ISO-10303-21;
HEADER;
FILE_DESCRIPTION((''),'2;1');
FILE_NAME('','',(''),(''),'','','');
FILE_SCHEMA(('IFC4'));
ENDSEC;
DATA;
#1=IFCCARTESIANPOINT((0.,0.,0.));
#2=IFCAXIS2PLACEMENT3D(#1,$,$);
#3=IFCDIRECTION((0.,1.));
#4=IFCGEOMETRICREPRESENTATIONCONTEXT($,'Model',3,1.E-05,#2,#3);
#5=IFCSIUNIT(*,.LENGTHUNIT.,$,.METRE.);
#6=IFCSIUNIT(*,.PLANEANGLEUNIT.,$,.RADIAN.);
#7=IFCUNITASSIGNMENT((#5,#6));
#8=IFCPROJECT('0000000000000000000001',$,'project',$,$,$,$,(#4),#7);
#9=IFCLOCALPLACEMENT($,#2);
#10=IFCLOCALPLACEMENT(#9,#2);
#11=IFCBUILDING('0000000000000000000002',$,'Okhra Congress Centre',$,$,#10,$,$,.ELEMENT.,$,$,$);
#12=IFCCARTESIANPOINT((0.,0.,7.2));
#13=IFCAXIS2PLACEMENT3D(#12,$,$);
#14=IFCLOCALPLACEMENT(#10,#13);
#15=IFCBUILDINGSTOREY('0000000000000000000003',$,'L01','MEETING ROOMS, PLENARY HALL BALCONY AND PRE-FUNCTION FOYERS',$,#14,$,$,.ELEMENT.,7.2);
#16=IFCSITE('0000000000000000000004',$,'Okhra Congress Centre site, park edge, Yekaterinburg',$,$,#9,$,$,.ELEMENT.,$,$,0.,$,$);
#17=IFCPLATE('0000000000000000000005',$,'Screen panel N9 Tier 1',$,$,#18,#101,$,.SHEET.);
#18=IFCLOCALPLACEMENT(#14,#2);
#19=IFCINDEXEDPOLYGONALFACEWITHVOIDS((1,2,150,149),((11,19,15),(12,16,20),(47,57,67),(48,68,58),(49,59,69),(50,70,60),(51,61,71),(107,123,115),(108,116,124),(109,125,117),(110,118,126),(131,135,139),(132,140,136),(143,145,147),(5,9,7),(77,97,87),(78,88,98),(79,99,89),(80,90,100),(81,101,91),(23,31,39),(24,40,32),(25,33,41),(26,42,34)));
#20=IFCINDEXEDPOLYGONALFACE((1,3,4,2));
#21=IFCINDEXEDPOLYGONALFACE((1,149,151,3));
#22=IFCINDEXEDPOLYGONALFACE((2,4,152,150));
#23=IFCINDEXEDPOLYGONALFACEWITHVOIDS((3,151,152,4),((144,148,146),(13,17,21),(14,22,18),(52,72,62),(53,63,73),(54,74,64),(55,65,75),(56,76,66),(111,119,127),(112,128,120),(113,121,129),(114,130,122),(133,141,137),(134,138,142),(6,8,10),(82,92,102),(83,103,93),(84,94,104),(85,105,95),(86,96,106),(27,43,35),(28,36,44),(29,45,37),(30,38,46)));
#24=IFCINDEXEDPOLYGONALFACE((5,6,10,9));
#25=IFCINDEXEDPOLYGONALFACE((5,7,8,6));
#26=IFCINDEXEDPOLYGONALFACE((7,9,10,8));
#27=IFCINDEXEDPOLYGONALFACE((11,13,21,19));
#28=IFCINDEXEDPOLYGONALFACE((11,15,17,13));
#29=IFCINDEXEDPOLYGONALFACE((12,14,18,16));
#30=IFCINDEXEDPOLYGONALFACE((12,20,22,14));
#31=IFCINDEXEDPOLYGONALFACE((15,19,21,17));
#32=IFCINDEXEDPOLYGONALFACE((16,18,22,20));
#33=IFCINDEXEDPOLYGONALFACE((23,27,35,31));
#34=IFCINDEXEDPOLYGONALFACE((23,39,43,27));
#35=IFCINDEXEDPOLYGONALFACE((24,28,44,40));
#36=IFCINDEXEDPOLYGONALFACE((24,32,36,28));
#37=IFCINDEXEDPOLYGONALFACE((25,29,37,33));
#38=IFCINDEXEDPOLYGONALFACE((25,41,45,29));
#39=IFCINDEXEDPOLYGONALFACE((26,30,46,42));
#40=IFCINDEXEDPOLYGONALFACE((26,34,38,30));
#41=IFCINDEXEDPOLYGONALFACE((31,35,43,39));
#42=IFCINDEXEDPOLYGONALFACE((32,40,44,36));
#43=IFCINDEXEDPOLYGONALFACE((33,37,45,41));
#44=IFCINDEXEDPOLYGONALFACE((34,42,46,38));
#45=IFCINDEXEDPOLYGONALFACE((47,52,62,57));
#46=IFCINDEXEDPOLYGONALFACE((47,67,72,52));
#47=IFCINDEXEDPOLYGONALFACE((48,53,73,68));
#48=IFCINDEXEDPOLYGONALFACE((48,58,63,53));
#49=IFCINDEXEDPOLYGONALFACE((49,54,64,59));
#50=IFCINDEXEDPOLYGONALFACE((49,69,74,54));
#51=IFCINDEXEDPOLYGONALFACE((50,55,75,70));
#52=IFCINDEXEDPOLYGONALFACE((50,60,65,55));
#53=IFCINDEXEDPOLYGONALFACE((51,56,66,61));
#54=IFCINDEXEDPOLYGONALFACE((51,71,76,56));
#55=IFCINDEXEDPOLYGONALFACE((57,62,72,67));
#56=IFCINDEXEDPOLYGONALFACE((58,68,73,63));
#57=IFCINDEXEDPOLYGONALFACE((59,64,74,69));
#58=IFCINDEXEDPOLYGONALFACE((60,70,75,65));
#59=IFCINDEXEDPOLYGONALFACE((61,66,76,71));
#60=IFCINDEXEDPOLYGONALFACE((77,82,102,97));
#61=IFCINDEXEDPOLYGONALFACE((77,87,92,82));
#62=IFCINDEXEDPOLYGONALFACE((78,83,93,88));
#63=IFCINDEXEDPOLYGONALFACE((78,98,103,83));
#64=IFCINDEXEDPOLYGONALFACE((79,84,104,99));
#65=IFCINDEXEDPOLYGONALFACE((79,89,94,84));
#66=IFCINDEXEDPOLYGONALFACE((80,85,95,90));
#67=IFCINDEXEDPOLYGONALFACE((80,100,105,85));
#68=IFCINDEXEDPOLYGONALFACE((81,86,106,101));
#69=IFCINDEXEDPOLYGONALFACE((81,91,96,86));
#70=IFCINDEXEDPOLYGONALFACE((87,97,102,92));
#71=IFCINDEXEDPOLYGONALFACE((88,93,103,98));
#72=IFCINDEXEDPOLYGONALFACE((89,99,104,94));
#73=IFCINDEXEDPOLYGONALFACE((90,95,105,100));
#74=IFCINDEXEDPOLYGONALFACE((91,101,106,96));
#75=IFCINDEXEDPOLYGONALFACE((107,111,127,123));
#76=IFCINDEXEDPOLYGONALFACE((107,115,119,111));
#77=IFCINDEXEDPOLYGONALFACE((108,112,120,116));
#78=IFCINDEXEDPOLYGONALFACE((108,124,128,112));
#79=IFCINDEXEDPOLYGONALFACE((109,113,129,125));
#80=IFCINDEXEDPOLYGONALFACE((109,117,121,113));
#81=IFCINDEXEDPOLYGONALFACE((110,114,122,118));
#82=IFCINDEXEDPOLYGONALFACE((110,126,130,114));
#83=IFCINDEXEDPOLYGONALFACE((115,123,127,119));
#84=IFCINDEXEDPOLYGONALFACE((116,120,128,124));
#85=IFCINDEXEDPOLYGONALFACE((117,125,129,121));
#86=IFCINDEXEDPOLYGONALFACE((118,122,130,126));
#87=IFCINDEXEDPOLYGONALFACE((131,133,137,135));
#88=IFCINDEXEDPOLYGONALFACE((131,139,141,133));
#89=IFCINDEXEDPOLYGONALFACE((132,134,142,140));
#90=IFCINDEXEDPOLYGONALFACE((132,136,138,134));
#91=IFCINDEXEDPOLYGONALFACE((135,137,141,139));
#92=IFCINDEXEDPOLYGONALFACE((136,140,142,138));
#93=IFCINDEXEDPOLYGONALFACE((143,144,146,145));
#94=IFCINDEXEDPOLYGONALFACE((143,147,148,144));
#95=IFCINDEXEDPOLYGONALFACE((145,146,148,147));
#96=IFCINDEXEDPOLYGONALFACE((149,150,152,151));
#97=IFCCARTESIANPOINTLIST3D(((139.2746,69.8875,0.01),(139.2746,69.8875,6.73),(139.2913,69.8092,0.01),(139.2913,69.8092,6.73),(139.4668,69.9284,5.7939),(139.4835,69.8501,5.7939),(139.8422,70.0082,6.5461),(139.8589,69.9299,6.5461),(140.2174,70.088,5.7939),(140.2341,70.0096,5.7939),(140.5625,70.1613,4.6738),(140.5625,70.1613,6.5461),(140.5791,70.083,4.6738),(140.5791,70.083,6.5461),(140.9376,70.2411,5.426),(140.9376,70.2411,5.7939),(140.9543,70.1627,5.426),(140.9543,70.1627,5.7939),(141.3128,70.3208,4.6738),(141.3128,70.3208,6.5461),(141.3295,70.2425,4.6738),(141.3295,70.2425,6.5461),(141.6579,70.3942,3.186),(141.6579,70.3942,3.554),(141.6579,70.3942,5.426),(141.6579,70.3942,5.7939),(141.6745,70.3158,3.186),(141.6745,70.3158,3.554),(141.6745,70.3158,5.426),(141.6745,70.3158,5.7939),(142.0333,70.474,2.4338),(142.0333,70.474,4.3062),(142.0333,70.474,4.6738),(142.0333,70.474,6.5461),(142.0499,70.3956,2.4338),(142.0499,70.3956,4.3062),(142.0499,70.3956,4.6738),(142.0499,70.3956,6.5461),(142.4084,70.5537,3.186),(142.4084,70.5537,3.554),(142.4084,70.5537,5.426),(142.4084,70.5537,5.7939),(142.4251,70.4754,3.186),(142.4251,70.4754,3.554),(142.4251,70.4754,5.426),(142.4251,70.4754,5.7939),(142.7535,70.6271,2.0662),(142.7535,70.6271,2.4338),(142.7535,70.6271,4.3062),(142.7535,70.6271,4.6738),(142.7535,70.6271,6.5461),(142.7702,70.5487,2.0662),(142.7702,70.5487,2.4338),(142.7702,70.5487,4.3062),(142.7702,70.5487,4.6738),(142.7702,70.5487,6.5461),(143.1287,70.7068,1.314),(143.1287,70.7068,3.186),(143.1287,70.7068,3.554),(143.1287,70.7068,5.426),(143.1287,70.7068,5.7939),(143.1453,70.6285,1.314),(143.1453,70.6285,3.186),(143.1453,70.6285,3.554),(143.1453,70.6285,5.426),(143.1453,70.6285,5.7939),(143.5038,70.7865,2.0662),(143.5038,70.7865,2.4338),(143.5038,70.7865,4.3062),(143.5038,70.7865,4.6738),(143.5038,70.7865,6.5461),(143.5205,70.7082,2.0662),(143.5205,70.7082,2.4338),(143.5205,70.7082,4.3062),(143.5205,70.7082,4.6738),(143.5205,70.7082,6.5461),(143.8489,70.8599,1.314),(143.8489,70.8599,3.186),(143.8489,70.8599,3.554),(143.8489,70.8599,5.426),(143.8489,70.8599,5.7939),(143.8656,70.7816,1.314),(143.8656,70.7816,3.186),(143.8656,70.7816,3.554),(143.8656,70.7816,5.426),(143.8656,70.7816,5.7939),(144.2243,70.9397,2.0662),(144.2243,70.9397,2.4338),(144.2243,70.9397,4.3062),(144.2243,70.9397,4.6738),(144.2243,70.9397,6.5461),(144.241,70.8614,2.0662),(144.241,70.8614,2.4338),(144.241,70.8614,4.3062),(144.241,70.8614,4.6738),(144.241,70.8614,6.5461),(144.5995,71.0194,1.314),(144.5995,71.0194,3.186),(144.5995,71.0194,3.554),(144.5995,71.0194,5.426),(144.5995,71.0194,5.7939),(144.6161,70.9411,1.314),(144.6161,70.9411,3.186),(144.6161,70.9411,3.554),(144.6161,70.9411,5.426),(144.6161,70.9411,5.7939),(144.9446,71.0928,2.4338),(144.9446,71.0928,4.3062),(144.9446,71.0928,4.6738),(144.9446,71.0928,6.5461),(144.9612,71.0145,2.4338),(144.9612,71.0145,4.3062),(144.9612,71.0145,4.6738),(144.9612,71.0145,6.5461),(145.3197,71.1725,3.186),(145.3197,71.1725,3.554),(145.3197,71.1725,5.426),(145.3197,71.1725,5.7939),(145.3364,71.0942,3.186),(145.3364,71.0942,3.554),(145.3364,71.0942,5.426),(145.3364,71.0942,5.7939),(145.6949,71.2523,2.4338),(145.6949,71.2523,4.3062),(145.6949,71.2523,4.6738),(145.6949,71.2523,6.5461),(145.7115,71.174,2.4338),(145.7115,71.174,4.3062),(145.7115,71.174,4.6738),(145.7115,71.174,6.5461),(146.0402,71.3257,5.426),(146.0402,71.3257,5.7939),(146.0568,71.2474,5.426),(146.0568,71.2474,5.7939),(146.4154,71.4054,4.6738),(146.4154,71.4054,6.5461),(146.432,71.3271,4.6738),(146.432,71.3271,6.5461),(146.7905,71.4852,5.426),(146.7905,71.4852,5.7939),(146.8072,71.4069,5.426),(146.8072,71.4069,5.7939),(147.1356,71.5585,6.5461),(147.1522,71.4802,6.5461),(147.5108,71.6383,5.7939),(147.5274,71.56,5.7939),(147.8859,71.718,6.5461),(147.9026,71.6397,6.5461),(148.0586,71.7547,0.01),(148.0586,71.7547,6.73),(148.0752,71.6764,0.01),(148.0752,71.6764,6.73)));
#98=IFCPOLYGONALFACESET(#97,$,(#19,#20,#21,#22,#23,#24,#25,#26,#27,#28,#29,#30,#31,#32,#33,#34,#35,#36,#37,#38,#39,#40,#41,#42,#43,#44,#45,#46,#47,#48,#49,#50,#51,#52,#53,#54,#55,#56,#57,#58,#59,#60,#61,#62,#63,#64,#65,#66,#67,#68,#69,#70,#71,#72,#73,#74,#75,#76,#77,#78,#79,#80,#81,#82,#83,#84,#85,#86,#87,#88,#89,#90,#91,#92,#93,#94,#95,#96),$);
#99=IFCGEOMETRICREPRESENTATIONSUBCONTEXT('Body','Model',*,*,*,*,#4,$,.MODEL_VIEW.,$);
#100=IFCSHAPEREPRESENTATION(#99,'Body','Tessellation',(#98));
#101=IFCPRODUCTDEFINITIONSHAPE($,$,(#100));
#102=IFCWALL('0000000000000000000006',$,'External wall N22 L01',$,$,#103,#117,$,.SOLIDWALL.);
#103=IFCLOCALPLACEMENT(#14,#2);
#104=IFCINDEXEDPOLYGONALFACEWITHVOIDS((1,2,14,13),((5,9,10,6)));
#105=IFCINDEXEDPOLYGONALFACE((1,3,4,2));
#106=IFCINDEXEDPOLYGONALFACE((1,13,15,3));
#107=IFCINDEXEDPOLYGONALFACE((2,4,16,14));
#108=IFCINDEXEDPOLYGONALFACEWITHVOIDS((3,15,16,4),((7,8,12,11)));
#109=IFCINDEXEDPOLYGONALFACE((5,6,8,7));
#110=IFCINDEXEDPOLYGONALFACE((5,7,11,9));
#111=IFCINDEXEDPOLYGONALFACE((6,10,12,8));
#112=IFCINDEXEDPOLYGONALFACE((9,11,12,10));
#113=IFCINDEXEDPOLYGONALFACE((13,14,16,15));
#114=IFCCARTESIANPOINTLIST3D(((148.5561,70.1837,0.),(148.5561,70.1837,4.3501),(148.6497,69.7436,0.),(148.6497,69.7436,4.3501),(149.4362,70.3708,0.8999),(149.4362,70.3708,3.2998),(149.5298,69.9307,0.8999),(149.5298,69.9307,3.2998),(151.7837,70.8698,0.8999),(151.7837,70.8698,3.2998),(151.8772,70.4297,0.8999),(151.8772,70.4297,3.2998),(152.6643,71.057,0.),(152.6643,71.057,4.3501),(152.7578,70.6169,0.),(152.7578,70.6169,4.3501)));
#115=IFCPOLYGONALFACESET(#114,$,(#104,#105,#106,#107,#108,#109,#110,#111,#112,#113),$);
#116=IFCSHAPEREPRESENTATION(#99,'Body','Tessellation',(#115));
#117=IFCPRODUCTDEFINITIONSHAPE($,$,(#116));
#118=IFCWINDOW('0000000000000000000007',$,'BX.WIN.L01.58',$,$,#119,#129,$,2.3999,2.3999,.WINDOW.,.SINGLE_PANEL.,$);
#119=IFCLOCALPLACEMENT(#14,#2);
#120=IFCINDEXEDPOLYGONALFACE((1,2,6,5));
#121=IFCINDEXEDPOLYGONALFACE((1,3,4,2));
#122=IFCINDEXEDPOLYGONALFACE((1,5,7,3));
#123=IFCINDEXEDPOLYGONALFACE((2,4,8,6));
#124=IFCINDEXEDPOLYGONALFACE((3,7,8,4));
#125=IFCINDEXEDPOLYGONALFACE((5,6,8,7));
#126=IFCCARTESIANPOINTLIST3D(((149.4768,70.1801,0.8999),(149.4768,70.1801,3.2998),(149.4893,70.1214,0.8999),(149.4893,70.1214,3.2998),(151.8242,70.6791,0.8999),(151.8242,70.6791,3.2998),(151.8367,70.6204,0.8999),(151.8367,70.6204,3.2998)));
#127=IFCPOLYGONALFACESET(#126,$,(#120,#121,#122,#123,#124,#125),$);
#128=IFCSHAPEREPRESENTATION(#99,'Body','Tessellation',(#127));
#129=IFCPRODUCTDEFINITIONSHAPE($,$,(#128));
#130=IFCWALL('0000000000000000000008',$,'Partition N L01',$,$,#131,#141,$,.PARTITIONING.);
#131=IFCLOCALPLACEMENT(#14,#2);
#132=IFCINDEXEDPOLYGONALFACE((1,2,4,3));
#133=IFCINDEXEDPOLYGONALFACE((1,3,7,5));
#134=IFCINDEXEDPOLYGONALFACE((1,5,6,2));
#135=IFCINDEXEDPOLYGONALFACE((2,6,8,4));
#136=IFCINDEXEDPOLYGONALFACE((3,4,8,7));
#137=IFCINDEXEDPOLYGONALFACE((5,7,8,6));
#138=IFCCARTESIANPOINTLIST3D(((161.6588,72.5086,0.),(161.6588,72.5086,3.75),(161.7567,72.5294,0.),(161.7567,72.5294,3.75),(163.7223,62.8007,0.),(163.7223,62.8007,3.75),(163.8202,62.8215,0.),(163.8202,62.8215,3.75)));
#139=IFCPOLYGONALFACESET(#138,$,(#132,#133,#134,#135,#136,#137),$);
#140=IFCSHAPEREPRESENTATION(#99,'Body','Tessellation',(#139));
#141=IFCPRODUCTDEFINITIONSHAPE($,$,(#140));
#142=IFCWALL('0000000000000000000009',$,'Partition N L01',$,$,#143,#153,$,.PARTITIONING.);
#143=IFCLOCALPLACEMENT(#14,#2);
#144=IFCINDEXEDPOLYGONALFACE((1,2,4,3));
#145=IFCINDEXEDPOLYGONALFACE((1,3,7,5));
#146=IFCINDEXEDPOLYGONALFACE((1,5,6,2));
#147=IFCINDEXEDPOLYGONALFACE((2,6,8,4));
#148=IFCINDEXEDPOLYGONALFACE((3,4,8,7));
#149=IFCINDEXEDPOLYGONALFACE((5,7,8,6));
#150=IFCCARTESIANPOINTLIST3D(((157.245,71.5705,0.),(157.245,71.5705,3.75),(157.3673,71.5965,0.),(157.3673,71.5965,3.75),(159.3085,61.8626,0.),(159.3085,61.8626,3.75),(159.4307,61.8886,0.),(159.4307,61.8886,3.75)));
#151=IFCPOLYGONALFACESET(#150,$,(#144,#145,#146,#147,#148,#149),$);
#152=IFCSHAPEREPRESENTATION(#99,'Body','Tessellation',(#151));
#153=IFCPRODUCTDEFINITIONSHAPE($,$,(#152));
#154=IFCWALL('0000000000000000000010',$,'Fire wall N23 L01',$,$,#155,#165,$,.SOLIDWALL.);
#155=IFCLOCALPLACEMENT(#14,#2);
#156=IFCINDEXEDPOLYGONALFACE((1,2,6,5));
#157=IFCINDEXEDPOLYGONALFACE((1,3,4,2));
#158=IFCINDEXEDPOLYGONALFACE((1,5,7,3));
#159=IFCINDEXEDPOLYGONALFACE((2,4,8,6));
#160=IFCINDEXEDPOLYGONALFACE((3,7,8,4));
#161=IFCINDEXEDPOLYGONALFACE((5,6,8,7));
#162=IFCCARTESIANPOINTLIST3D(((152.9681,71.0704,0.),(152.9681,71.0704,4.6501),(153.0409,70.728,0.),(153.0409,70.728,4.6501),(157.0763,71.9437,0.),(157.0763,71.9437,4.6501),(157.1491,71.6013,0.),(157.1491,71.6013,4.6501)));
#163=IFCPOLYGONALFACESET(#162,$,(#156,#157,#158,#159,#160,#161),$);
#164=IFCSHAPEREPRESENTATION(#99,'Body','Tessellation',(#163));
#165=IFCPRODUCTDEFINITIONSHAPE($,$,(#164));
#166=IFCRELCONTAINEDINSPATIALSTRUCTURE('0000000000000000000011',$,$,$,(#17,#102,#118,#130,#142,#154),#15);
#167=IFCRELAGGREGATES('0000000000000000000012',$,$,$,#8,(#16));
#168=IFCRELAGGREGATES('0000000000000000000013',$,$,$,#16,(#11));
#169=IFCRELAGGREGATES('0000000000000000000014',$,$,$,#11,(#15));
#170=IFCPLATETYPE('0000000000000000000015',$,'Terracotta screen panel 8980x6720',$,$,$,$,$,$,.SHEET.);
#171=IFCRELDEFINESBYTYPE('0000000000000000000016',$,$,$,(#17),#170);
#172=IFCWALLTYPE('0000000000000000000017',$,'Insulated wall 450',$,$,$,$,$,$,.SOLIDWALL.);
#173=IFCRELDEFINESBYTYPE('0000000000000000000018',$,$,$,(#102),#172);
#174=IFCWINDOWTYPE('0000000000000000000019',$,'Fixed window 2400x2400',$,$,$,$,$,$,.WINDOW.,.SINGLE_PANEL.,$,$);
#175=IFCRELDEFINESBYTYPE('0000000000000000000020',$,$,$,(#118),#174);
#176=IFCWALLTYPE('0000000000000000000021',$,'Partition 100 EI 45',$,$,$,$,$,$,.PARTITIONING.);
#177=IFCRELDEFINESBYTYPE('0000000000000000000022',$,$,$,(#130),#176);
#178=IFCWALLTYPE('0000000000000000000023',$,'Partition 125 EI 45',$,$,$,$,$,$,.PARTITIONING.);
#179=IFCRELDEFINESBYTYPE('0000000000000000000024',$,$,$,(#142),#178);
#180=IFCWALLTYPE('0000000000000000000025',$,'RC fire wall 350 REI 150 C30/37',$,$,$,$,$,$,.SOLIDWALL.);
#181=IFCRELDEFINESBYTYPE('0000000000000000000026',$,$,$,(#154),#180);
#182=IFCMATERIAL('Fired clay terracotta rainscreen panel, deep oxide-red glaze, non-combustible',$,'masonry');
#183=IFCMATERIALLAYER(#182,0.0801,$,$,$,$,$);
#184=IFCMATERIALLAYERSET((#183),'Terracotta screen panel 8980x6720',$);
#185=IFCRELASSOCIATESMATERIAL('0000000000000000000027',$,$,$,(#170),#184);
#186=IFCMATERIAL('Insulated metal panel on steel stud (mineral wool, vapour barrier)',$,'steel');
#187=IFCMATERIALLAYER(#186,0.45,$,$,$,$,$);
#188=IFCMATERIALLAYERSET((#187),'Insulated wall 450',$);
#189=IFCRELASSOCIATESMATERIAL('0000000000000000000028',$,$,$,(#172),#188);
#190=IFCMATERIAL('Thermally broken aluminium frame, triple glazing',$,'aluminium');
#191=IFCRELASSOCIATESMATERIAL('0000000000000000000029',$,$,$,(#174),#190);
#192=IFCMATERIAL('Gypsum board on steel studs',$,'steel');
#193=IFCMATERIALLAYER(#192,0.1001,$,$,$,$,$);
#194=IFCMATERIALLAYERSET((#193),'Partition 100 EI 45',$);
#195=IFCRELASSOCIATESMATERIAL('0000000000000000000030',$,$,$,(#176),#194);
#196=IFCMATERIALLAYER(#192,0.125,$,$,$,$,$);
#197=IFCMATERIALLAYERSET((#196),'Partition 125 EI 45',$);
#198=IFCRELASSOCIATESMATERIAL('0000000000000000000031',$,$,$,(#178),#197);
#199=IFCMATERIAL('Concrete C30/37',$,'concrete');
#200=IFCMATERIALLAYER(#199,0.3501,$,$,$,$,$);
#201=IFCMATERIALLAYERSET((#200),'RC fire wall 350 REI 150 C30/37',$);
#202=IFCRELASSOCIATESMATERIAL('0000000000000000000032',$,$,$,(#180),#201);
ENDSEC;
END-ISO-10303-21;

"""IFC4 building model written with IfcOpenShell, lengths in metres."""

from ifc_helpers import new_model, si_unit, direction, frame, frame_2d, origin, place, context, subcontext, project, spatial, polyline, rectangle, outline, extrude, material, layer, layer_set, type_object, element, fill, save


model = new_model("IFC4")

# Units and contexts
model_context = context("Model", 3, precision=1e-05, world=origin(), true_north=direction((0.0, 1.0)))
body_context = subcontext(model_context, "Body", "Model", "MODEL_VIEW")
ifc_project = project(units=[si_unit("LENGTHUNIT", "METRE"), si_unit("PLANEANGLEUNIT", "RADIAN")], contexts=[model_context])

# Site, building, storey
site_placement = place(None, origin())
site = spatial("IfcSite", under=ifc_project, at=site_placement, Name="Okhra Congress Centre site, park edge, Yekaterinburg", CompositionType="ELEMENT", RefElevation=0.0)
building_placement = place(site_placement, origin())
building = spatial("IfcBuilding", under=site, at=building_placement, Name="Okhra Congress Centre", CompositionType="ELEMENT")
storey_placement = place(building_placement, frame((0.0, 0.0, 7.2)))
storey = spatial("IfcBuildingStorey", under=building, at=storey_placement, Name="L01", Description="MEETING ROOMS, PLENARY HALL BALCONY AND PRE-FUNCTION FOYERS", CompositionType="ELEMENT", Elevation=7.2)

# Plate
ifc_material_1 = material(Name="Fired clay terracotta rainscreen panel, deep oxide-red glaze, non-combustible", Category="masonry")
ifc_layer_1 = layer(ifc_material_1, 0.0801)
ifc_layer_set_1 = layer_set([ifc_layer_1], Name="Terracotta screen panel 8980x6720")
plate_type = type_object("IfcPlateType", Name="Terracotta screen panel 8980x6720", PredefinedType="SHEET", material=ifc_layer_set_1)
plate_placement = place(storey_placement, frame((148.0669, 71.7156, 0.01), z_axis=(0.0, 0.0, 1.0), x_axis=(-0.978145, -0.207923, 0.0)))
element("IfcPlate", 1, at=plate_placement, inside=storey, type_object=plate_type, Name="Screen panel N9 Tier 1", PredefinedType="SHEET", context=body_context, shape_type="SweptSolid", body=[
    extrude(outline(polyline([(0.0, 0.0), (8.9802, 0.0), (8.9802, 6.72), (0.0, 6.72), (0.0, 0.0)]), holes=[polyline([(3.5364, 1.304), (4.3037, 1.304), (3.9199, 2.0562), (3.5364, 1.304)]), polyline([(4.6565, 2.0562), (5.04, 1.304), (5.4236, 2.0562), (4.6565, 2.0562)]), polyline([(2.4165, 2.4238), (3.1836, 2.4238), (2.8, 3.176), (2.4165, 2.4238)]), polyline([(3.5364, 3.176), (3.9199, 2.4238), (4.3037, 3.176), (3.5364, 3.176)]), polyline([(4.6565, 2.4238), (5.4236, 2.4238), (5.04, 3.176), (4.6565, 2.4238)]), polyline([(5.7764, 3.176), (6.1599, 2.4238), (6.5437, 3.176), (5.7764, 3.176)]), polyline([(2.4165, 4.2961), (2.8, 3.5439), (3.1836, 4.2961), (2.4165, 4.2961)]), polyline([(3.5364, 3.5439), (4.3037, 3.5439), (3.9199, 4.2961), (3.5364, 3.5439)]), polyline([(4.6565, 4.2961), (5.04, 3.5439), (5.4236, 4.2961), (4.6565, 4.2961)]), polyline([(5.7764, 3.5439), (6.5437, 3.5439), (6.1599, 4.2961), (5.7764, 3.5439)]), polyline([(1.2964, 5.416), (1.6799, 4.6638), (2.0635, 5.416), (1.2964, 5.416)]), polyline([(2.4165, 4.6638), (3.1836, 4.6638), (2.8, 5.416), (2.4165, 4.6638)]), polyline([(3.5364, 5.416), (3.9199, 4.6638), (4.3037, 5.416), (3.5364, 5.416)]), polyline([(4.6565, 4.6638), (5.4236, 4.6638), (5.04, 5.416), (4.6565, 4.6638)]), polyline([(5.7764, 5.416), (6.1599, 4.6638), (6.5437, 5.416), (5.7764, 5.416)]), polyline([(6.8965, 4.6638), (7.6636, 4.6638), (7.28, 5.416), (6.8965, 4.6638)]), polyline([(0.1765, 6.5361), (0.5601, 5.7839), (0.9436, 6.5361), (0.1765, 6.5361)]), polyline([(1.2964, 5.7839), (2.0635, 5.7839), (1.6799, 6.5361), (1.2964, 5.7839)]), polyline([(2.4165, 6.5361), (2.8, 5.7839), (3.1836, 6.5361), (2.4165, 6.5361)]), polyline([(3.5364, 5.7839), (4.3037, 5.7839), (3.9199, 6.5361), (3.5364, 5.7839)]), polyline([(4.6565, 6.5361), (5.04, 5.7839), (5.4236, 6.5361), (4.6565, 6.5361)]), polyline([(5.7764, 5.7839), (6.5437, 5.7839), (6.1599, 6.5361), (5.7764, 5.7839)]), polyline([(6.8965, 6.5361), (7.28, 5.7839), (7.6636, 6.5361), (6.8965, 6.5361)]), polyline([(8.0164, 5.7839), (8.7837, 5.7839), (8.3999, 6.5361), (8.0164, 5.7839)])]), frame((0.0, 0.04, 0.0), z_axis=(0.0, -1.0, 0.0), x_axis=(1.0, 0.0, 0.0)), (0.0, 0.0, 1.0), 0.0801),
])

# Wall, opening, window
ifc_material_2 = material(Name="Insulated metal panel on steel stud (mineral wool, vapour barrier)", Category="steel")
ifc_layer_2 = layer(ifc_material_2, 0.45)
ifc_layer_set_2 = layer_set([ifc_layer_2], Name="Insulated wall 450")
wall_type_1 = type_object("IfcWallType", Name="Insulated wall 450", PredefinedType="SOLIDWALL", material=ifc_layer_set_2)
wall_1_placement = place(storey_placement, frame((148.6028, 69.9636, 0.0), z_axis=(0.0, 0.0, 1.0), x_axis=(0.978144, 0.207929, 0.0)))
wall_1 = element("IfcWall", 2, at=wall_1_placement, inside=storey, type_object=wall_type_1, Name="External wall N22 L01", PredefinedType="SOLIDWALL", context=body_context, shape_type="SweptSolid", body=[
    extrude(rectangle(XDim=4.2, YDim=0.45, at=frame_2d((2.1001, 0.0))), origin(), (0.0, 0.0, 1.0), 4.3501),
])
opening_placement = place(wall_1_placement, frame((0.8999, 0.0, 0.8999)))
opening = element("IfcOpeningElement", 3, at=opening_placement, cuts=wall_1, PredefinedType="OPENING", context=body_context, shape_type="SweptSolid", body=[
    extrude(rectangle(XDim=2.3999, YDim=2.3999, at=frame_2d((1.2, 1.2))), frame((0.0, 0.2349, 0.0), z_axis=(0.0, -1.0, 0.0), x_axis=(1.0, 0.0, 0.0)), (0.0, 0.0, 1.0), 0.47),
])
ifc_material_3 = material(Name="Thermally broken aluminium frame, triple glazing", Category="aluminium")
window_type = type_object("IfcWindowType", Name="Fixed window 2400x2400", PartitioningType="SINGLE_PANEL", PredefinedType="WINDOW", material=ifc_material_3)
window_placement = place(opening_placement, origin())
window = element("IfcWindow", 4, at=window_placement, inside=storey, type_object=window_type, Name="BX.WIN.L01.58", OverallHeight=2.3999, OverallWidth=2.3999, PartitioningType="SINGLE_PANEL", PredefinedType="WINDOW", context=body_context, shape_type="SweptSolid", body=[
    extrude(rectangle(XDim=2.3999, YDim=2.3999, at=frame_2d((1.2, 1.2))), frame((0.0, 0.03, 0.0), z_axis=(0.0, -1.0, 0.0), x_axis=(1.0, 0.0, 0.0)), (0.0, 0.0, 1.0), 0.0601),
])
fill(opening, window)

# Walls
ifc_material_4 = material(Name="Gypsum board on steel studs", Category="steel")
ifc_layer_3 = layer(ifc_material_4, 0.1001)
ifc_layer_set_3 = layer_set([ifc_layer_3], Name="Partition 100 EI 45")
wall_type_2 = type_object("IfcWallType", Name="Partition 100 EI 45", PredefinedType="PARTITIONING", material=ifc_layer_set_3)
wall_2_placement = place(storey_placement, frame((161.7078, 72.519, 0.0), z_axis=(0.0, 0.0, 1.0), x_axis=(0.207909, -0.978148, 0.0)))
element("IfcWall", 5, at=wall_2_placement, inside=storey, type_object=wall_type_2, Name="Partition N L01", PredefinedType="PARTITIONING", context=body_context, shape_type="SweptSolid", body=[
    extrude(rectangle(XDim=9.9248, YDim=0.1001, at=frame_2d((4.9624, 0.0))), origin(), (0.0, 0.0, 1.0), 3.75),
])
ifc_layer_4 = layer(ifc_material_4, 0.125)
ifc_layer_set_4 = layer_set([ifc_layer_4], Name="Partition 125 EI 45")
wall_type_3 = type_object("IfcWallType", Name="Partition 125 EI 45", PredefinedType="PARTITIONING", material=ifc_layer_set_4)
wall_3_placement = place(storey_placement, frame((157.3062, 71.5835, 0.0), z_axis=(0.0, 0.0, 1.0), x_axis=(0.207909, -0.978148, 0.0)))
element("IfcWall", 6, at=wall_3_placement, inside=storey, type_object=wall_type_3, Name="Partition N L01", PredefinedType="PARTITIONING", context=body_context, shape_type="SweptSolid", body=[
    extrude(rectangle(XDim=9.9248, YDim=0.125, at=frame_2d((4.9624, 0.0))), origin(), (0.0, 0.0, 1.0), 3.75),
])
ifc_material_5 = material(Name="Concrete C30/37", Category="concrete")
ifc_layer_5 = layer(ifc_material_5, 0.3501)
ifc_layer_set_5 = layer_set([ifc_layer_5], Name="RC fire wall 350 REI 150 C30/37")
wall_type_4 = type_object("IfcWallType", Name="RC fire wall 350 REI 150 C30/37", PredefinedType="SOLIDWALL", material=ifc_layer_set_5)
wall_4_placement = place(storey_placement, frame((153.0044, 70.8992, 0.0), z_axis=(0.0, 0.0, 1.0), x_axis=(0.978144, 0.207929, 0.0)))
element("IfcWall", 7, at=wall_4_placement, inside=storey, type_object=wall_type_4, Name="Fire wall N23 L01", PredefinedType="SOLIDWALL", context=body_context, shape_type="SweptSolid", body=[
    extrude(rectangle(XDim=4.2, YDim=0.3501, at=frame_2d((2.1001, 0.0))), origin(), (0.0, 0.0, 1.0), 4.6501),
])

save(model, "model.ifc")
